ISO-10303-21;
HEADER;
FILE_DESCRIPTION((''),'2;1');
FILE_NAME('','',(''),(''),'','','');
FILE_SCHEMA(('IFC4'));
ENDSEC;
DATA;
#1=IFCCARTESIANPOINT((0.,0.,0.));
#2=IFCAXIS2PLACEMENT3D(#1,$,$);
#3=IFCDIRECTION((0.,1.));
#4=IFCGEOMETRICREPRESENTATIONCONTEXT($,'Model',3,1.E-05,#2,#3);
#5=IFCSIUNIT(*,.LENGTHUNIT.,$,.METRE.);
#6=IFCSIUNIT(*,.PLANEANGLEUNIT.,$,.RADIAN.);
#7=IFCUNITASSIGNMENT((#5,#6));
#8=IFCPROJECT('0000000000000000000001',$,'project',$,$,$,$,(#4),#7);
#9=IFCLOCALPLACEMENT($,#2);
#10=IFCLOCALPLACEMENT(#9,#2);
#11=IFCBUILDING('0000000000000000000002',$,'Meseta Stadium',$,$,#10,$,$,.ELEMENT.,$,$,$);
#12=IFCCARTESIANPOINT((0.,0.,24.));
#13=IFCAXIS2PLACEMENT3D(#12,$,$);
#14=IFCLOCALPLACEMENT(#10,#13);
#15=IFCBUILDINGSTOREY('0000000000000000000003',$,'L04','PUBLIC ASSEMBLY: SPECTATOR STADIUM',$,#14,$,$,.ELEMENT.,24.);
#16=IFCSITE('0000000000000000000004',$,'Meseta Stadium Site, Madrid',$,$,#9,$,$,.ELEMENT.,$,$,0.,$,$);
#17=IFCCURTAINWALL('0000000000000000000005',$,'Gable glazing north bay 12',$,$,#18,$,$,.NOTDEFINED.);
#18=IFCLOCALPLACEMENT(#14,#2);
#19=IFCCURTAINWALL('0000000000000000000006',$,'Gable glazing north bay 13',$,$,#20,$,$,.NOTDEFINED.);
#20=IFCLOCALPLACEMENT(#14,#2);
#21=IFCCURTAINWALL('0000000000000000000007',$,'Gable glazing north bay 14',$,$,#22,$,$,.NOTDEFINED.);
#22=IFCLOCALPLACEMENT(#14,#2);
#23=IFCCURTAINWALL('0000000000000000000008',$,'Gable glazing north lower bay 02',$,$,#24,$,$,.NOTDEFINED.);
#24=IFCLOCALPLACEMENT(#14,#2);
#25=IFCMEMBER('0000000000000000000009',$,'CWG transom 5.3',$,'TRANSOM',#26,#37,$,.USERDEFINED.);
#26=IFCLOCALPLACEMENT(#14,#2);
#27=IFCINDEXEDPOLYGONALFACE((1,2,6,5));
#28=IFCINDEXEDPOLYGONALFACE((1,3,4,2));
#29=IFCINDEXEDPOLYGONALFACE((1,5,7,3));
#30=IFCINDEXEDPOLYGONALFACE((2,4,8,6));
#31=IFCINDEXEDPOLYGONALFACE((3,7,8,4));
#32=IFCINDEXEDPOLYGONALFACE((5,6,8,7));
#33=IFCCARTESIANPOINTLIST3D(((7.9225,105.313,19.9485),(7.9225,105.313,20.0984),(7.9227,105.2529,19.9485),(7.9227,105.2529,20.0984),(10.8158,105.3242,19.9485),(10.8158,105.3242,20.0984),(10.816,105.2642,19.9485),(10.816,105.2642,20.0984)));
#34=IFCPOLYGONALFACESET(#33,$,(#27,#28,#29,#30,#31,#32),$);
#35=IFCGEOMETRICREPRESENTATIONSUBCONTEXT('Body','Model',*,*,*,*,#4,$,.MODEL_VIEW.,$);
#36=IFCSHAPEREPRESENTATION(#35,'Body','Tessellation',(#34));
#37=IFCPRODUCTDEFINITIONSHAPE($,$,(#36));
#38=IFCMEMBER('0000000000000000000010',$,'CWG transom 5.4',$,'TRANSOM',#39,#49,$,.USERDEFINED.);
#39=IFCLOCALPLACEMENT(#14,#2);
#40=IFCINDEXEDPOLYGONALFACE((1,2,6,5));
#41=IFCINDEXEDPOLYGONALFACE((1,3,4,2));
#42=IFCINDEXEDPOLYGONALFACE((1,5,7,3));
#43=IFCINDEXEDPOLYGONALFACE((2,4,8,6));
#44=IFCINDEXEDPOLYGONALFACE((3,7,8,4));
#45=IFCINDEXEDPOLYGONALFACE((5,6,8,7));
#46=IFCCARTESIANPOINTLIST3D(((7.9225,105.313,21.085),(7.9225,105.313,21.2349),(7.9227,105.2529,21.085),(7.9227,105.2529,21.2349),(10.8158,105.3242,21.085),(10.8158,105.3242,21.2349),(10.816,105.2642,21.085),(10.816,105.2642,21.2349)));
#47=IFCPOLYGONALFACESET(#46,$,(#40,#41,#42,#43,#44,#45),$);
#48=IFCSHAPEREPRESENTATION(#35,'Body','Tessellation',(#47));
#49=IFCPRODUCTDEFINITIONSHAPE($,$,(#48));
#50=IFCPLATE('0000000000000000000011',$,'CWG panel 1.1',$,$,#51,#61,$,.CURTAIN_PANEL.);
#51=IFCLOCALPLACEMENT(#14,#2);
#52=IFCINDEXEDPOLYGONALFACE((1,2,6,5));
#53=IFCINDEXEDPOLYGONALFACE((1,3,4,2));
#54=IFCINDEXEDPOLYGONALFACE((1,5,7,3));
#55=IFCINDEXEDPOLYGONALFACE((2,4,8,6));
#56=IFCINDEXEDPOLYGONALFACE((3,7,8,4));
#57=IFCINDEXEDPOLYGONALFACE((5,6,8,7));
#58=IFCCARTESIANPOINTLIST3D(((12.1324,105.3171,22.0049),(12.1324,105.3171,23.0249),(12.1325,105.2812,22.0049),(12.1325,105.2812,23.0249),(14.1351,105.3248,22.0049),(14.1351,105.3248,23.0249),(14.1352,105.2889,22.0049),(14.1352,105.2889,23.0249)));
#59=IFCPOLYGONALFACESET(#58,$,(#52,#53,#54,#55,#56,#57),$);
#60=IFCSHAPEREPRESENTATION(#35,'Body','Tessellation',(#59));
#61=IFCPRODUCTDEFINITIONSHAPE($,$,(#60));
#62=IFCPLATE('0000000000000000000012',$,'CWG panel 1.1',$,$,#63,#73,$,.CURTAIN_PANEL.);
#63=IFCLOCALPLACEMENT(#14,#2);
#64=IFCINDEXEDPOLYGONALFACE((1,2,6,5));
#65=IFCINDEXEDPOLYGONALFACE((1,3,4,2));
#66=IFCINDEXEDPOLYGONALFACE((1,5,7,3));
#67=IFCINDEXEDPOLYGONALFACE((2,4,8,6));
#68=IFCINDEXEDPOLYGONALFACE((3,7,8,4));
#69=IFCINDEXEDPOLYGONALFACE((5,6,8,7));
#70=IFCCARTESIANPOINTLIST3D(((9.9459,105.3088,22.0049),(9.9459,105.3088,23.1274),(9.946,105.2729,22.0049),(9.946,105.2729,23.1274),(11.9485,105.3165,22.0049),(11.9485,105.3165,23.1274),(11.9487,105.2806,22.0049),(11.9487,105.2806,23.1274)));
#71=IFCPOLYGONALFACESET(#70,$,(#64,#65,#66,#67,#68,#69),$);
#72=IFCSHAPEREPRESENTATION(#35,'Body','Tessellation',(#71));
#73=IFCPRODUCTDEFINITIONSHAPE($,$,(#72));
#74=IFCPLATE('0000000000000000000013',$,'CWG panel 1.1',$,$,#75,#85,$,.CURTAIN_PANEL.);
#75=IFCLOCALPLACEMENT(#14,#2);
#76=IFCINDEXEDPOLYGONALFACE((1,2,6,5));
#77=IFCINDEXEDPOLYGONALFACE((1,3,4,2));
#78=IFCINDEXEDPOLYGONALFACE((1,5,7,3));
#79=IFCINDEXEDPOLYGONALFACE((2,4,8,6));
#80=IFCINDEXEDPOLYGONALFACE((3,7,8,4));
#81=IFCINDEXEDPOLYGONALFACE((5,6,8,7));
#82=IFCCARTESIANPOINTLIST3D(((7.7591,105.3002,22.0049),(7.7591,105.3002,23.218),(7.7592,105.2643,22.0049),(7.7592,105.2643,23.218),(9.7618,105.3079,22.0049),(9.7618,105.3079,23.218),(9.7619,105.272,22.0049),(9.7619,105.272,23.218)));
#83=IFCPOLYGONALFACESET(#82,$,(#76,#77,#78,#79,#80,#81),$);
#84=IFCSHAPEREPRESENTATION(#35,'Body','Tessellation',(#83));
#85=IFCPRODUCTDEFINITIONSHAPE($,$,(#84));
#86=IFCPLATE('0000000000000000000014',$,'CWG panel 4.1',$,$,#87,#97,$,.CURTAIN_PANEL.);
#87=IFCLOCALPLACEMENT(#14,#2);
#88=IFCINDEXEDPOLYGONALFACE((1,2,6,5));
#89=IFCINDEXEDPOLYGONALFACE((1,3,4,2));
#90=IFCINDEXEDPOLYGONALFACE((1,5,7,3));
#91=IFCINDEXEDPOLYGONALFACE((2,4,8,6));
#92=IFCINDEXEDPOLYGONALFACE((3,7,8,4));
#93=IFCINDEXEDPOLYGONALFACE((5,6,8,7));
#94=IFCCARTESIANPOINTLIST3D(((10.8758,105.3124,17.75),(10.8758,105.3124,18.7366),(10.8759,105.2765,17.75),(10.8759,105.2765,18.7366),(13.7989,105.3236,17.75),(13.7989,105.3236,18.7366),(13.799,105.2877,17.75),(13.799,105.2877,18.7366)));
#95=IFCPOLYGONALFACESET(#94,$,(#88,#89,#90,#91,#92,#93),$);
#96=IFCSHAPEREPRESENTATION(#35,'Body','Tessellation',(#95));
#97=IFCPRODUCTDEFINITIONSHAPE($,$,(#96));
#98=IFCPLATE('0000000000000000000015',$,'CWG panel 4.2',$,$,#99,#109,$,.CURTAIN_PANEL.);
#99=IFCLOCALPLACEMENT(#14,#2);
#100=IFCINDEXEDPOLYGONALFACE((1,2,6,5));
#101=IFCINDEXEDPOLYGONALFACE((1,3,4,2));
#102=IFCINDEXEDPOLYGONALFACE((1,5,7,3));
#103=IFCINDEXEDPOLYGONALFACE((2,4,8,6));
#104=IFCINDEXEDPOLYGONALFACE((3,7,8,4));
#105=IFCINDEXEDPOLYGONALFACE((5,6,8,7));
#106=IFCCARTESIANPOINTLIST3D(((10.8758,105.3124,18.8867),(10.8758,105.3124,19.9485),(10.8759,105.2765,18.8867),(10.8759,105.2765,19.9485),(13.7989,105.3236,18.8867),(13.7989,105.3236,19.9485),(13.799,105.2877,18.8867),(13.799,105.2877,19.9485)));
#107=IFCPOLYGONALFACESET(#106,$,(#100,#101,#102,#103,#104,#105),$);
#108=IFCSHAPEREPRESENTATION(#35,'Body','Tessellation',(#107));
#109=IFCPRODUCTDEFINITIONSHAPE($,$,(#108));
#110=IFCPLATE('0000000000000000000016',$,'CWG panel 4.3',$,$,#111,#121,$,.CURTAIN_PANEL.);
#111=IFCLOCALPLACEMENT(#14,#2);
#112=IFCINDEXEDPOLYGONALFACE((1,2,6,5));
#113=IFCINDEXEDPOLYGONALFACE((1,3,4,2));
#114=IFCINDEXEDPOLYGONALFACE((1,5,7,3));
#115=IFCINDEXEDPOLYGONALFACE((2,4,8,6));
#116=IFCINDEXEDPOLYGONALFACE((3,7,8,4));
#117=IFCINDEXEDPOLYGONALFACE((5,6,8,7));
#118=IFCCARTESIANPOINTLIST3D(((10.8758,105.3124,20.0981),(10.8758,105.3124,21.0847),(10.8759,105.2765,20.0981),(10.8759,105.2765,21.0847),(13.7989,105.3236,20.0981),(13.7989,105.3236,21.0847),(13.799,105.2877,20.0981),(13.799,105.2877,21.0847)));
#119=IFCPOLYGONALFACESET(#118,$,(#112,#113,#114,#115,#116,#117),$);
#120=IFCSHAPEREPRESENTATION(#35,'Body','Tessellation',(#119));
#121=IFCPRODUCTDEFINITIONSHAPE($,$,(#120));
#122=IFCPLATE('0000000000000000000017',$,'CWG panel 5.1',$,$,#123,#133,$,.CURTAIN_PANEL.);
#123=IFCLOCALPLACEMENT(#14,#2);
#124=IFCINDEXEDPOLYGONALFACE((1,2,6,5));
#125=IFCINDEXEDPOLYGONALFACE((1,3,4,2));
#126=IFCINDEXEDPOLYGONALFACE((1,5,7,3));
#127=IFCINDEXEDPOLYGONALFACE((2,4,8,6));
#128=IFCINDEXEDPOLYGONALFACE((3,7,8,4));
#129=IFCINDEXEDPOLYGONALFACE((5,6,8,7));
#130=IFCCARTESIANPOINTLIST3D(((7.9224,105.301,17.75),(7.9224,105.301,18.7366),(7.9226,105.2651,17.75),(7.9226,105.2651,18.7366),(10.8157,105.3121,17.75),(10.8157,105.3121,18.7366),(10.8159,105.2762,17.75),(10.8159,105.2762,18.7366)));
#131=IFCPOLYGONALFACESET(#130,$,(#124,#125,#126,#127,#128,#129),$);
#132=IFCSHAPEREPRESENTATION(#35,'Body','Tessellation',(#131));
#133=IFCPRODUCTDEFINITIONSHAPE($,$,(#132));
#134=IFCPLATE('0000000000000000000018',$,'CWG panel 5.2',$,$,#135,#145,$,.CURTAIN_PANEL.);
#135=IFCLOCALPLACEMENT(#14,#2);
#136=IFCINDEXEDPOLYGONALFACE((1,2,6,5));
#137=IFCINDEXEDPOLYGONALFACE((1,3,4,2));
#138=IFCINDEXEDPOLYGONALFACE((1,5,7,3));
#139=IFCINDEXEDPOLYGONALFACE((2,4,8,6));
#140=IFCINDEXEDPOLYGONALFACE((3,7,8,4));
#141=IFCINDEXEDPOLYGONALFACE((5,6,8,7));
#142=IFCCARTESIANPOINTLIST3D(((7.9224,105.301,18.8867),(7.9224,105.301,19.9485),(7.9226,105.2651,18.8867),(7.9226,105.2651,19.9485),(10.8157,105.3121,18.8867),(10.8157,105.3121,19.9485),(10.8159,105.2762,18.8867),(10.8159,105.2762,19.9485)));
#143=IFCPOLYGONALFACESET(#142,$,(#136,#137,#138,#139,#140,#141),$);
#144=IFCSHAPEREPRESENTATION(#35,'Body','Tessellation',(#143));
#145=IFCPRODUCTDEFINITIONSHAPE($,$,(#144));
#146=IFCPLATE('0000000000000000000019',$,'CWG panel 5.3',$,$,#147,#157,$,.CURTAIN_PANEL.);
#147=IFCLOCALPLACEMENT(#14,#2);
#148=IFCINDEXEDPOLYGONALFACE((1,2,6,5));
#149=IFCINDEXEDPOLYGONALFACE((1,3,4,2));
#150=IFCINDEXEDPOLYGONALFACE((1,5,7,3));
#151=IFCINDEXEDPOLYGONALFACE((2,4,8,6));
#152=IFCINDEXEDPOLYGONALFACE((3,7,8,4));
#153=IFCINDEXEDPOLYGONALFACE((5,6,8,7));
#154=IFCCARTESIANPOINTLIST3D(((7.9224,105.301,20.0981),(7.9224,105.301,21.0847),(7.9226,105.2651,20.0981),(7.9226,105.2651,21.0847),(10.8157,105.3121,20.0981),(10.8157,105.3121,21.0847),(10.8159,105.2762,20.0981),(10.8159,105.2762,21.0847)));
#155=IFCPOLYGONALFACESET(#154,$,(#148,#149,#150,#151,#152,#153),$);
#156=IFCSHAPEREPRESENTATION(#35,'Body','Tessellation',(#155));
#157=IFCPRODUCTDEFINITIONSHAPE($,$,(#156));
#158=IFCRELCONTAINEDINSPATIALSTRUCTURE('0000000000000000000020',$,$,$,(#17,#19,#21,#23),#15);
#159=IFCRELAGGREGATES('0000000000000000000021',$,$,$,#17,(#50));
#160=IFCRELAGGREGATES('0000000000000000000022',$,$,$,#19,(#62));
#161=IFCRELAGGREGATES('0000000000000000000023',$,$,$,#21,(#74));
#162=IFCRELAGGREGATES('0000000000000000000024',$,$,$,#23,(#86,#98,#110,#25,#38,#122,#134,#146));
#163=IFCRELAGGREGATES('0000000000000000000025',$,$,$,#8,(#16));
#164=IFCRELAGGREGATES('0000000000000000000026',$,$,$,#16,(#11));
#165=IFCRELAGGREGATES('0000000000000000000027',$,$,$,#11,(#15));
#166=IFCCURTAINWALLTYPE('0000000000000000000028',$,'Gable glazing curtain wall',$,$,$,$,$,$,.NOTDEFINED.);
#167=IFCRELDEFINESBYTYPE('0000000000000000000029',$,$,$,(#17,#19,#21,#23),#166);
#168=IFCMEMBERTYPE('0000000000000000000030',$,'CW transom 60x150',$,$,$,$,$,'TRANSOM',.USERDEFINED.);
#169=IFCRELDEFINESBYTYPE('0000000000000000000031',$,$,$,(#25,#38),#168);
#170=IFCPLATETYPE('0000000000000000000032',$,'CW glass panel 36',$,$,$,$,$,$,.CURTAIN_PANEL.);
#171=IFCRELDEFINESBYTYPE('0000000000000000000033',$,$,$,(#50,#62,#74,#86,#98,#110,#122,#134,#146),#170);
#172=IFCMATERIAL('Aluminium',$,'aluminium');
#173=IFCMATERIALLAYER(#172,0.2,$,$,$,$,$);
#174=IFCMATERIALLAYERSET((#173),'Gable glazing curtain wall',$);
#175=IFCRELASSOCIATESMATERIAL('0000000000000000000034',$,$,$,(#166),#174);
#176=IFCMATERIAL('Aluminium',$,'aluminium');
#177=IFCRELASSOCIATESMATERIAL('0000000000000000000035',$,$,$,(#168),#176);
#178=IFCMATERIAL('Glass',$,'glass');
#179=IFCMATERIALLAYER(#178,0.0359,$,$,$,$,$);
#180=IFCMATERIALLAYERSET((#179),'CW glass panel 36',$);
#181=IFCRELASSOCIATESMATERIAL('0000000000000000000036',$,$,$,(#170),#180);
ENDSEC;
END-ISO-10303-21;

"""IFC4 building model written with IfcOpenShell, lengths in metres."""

from ifc_helpers import new_model, si_unit, direction, frame, origin, origin_2d, place, context, subcontext, project, spatial, rectangle, extrude, material, layer, layer_set, material_profile, profile_set, type_object, element, aggregate, save


model = new_model("IFC4")

# Units and contexts
model_context = context("Model", 3, precision=1e-05, world=origin(), true_north=direction((0.0, 1.0)))
body_context = subcontext(model_context, "Body", "Model", "MODEL_VIEW")
ifc_project = project(units=[si_unit("LENGTHUNIT", "METRE"), si_unit("PLANEANGLEUNIT", "RADIAN")], contexts=[model_context])

# Site, building, storey
site_placement = place(None, origin())
site = spatial("IfcSite", under=ifc_project, at=site_placement, Name="Meseta Stadium Site, Madrid", CompositionType="ELEMENT", RefElevation=0.0)
building_placement = place(site_placement, origin())
building = spatial("IfcBuilding", under=site, at=building_placement, Name="Meseta Stadium", CompositionType="ELEMENT")
storey_placement = place(building_placement, frame((0.0, 0.0, 24.0)))
storey = spatial("IfcBuildingStorey", under=building, at=storey_placement, Name="L04", Description="PUBLIC ASSEMBLY: SPECTATOR STADIUM", CompositionType="ELEMENT", Elevation=24.0)

# Curtain wall
ifc_material_1 = material(Name="Aluminium", Category="aluminium")
ifc_layer_1 = layer(ifc_material_1, 0.2)
ifc_layer_set_1 = layer_set([ifc_layer_1], Name="Gable glazing curtain wall")
curtain_wall_type = type_object("IfcCurtainWallType", Name="Gable glazing curtain wall", PredefinedType="NOTDEFINED", material=ifc_layer_set_1)
curtain_wall_1_placement = place(storey_placement, origin())
curtain_wall_1 = element("IfcCurtainWall", 1, at=curtain_wall_1_placement, inside=storey, type_object=curtain_wall_type, Name="Gable glazing north bay 12", PredefinedType="NOTDEFINED")

# Curtain walls
curtain_wall_2_placement = place(storey_placement, origin())
curtain_wall_2 = element("IfcCurtainWall", 2, at=curtain_wall_2_placement, inside=storey, type_object=curtain_wall_type, Name="Gable glazing north bay 13", PredefinedType="NOTDEFINED")
curtain_wall_3_placement = place(storey_placement, origin())
curtain_wall_3 = element("IfcCurtainWall", 3, at=curtain_wall_3_placement, inside=storey, type_object=curtain_wall_type, Name="Gable glazing north bay 14", PredefinedType="NOTDEFINED")

# Shared definitions
ifc_material_2 = material(Name="Aluminium", Category="aluminium")
ifc_material_profile_1 = material_profile(ifc_material_2, rectangle(XDim=0.0601, YDim=0.1499, at=origin_2d()), Name="CW 60x150")
ifc_profile_set_1 = profile_set([ifc_material_profile_1], Name="Aluminium")
member_type_1 = type_object("IfcMemberType", Name="CW transom 60x150", ElementType="TRANSOM", PredefinedType="USERDEFINED", material=ifc_profile_set_1)

# Curtain wall, members
curtain_wall_4_placement = place(storey_placement, origin())
curtain_wall_4 = element("IfcCurtainWall", 4, at=curtain_wall_4_placement, inside=storey, type_object=curtain_wall_type, Name="Gable glazing north lower bay 02", PredefinedType="NOTDEFINED")
member_1_placement = place(storey_placement, frame((10.8159, 105.2942, 20.0234), z_axis=(-0.999992, -0.003881, 0.0), x_axis=(0.003881, -0.999992, 0.0)))
member_1 = element("IfcMember", 5, at=member_1_placement, type_object=member_type_1, Name="CWG transom 5.3", ObjectType="TRANSOM", PredefinedType="USERDEFINED", context=body_context, shape_type="SweptSolid", body=[
    extrude(rectangle(XDim=0.0601, YDim=0.1499, at=origin_2d()), origin(), (0.0, 0.0, 1.0), 2.8933),
])
member_2_placement = place(storey_placement, frame((10.8159, 105.2942, 21.1599), z_axis=(-0.999992, -0.003881, 0.0), x_axis=(0.003881, -0.999992, 0.0)))
member_2 = element("IfcMember", 6, at=member_2_placement, type_object=member_type_1, Name="CWG transom 5.4", ObjectType="TRANSOM", PredefinedType="USERDEFINED", context=body_context, shape_type="SweptSolid", body=[
    extrude(rectangle(XDim=0.0601, YDim=0.1499, at=origin_2d()), origin(), (0.0, 0.0, 1.0), 2.8933),
])

# Plates
ifc_material_3 = material(Name="Glass", Category="glass")
ifc_layer_2 = layer(ifc_material_3, 0.0359)
ifc_layer_set_2 = layer_set([ifc_layer_2], Name="CW glass panel 36")
plate_type = type_object("IfcPlateType", Name="CW glass panel 36", PredefinedType="CURTAIN_PANEL", material=ifc_layer_set_2)
plate_1_placement = place(storey_placement, frame((13.1338, 105.303, 22.0049), z_axis=(0.0, 0.0, 1.0), x_axis=(-0.999993, -0.003848, 0.0)))
plate_1 = element("IfcPlate", 7, at=plate_1_placement, type_object=plate_type, Name="CWG panel 1.1", PredefinedType="CURTAIN_PANEL", context=body_context, shape_type="SweptSolid", body=[
    extrude(rectangle(XDim=2.0027, YDim=0.0359, at=origin_2d()), origin(), (0.0, 0.0, 1.0), 1.02),
])
aggregate(curtain_wall_1, [plate_1])
plate_2_placement = place(storey_placement, frame((10.9473, 105.2947, 22.0049), z_axis=(0.0, 0.0, 1.0), x_axis=(-0.999993, -0.003848, 0.0)))
plate_2 = element("IfcPlate", 8, at=plate_2_placement, type_object=plate_type, Name="CWG panel 1.1", PredefinedType="CURTAIN_PANEL", context=body_context, shape_type="SweptSolid", body=[
    extrude(rectangle(XDim=2.0027, YDim=0.0359, at=origin_2d()), origin(), (0.0, 0.0, 1.0), 1.1226),
])
aggregate(curtain_wall_2, [plate_2])
plate_3_placement = place(storey_placement, frame((8.7605, 105.2861, 22.0049), z_axis=(0.0, 0.0, 1.0), x_axis=(-0.999993, -0.003848, 0.0)))
plate_3 = element("IfcPlate", 9, at=plate_3_placement, type_object=plate_type, Name="CWG panel 1.1", PredefinedType="CURTAIN_PANEL", context=body_context, shape_type="SweptSolid", body=[
    extrude(rectangle(XDim=2.0027, YDim=0.0359, at=origin_2d()), origin(), (0.0, 0.0, 1.0), 1.2131),
])
aggregate(curtain_wall_3, [plate_3])
plate_4_placement = place(storey_placement, frame((12.3374, 105.3, 17.75), z_axis=(0.0, 0.0, 1.0), x_axis=(-0.999993, -0.003848, 0.0)))
plate_4 = element("IfcPlate", 10, at=plate_4_placement, type_object=plate_type, Name="CWG panel 4.1", PredefinedType="CURTAIN_PANEL", context=body_context, shape_type="SweptSolid", body=[
    extrude(rectangle(XDim=2.9231, YDim=0.0359, at=origin_2d()), origin(), (0.0, 0.0, 1.0), 0.9866),
])
plate_5_placement = place(storey_placement, frame((12.3374, 105.3, 18.8867), z_axis=(0.0, 0.0, 1.0), x_axis=(-0.999993, -0.003848, 0.0)))
plate_5 = element("IfcPlate", 11, at=plate_5_placement, type_object=plate_type, Name="CWG panel 4.2", PredefinedType="CURTAIN_PANEL", context=body_context, shape_type="SweptSolid", body=[
    extrude(rectangle(XDim=2.9231, YDim=0.0359, at=origin_2d()), origin(), (0.0, 0.0, 1.0), 1.0618),
])
plate_6_placement = place(storey_placement, frame((12.3374, 105.3, 20.0981), z_axis=(0.0, 0.0, 1.0), x_axis=(-0.999993, -0.003848, 0.0)))
plate_6 = element("IfcPlate", 12, at=plate_6_placement, type_object=plate_type, Name="CWG panel 4.3", PredefinedType="CURTAIN_PANEL", context=body_context, shape_type="SweptSolid", body=[
    extrude(rectangle(XDim=2.9231, YDim=0.0359, at=origin_2d()), origin(), (0.0, 0.0, 1.0), 0.9866),
])
plate_7_placement = place(storey_placement, frame((9.3691, 105.2886, 17.75), z_axis=(0.0, 0.0, 1.0), x_axis=(-0.999993, -0.003848, 0.0)))
plate_7 = element("IfcPlate", 13, at=plate_7_placement, type_object=plate_type, Name="CWG panel 5.1", PredefinedType="CURTAIN_PANEL", context=body_context, shape_type="SweptSolid", body=[
    extrude(rectangle(XDim=2.8933, YDim=0.0359, at=origin_2d()), origin(), (0.0, 0.0, 1.0), 0.9866),
])
plate_8_placement = place(storey_placement, frame((9.3691, 105.2886, 18.8867), z_axis=(0.0, 0.0, 1.0), x_axis=(-0.999993, -0.003848, 0.0)))
plate_8 = element("IfcPlate", 14, at=plate_8_placement, type_object=plate_type, Name="CWG panel 5.2", PredefinedType="CURTAIN_PANEL", context=body_context, shape_type="SweptSolid", body=[
    extrude(rectangle(XDim=2.8933, YDim=0.0359, at=origin_2d()), origin(), (0.0, 0.0, 1.0), 1.0618),
])
plate_9_placement = place(storey_placement, frame((9.3691, 105.2886, 20.0981), z_axis=(0.0, 0.0, 1.0), x_axis=(-0.999993, -0.003848, 0.0)))
plate_9 = element("IfcPlate", 15, at=plate_9_placement, type_object=plate_type, Name="CWG panel 5.3", PredefinedType="CURTAIN_PANEL", context=body_context, shape_type="SweptSolid", body=[
    extrude(rectangle(XDim=2.8933, YDim=0.0359, at=origin_2d()), origin(), (0.0, 0.0, 1.0), 0.9866),
])
aggregate(curtain_wall_4, [plate_4, plate_5, plate_6, member_1, member_2, plate_7, plate_8, plate_9])

save(model, "model.ifc")
